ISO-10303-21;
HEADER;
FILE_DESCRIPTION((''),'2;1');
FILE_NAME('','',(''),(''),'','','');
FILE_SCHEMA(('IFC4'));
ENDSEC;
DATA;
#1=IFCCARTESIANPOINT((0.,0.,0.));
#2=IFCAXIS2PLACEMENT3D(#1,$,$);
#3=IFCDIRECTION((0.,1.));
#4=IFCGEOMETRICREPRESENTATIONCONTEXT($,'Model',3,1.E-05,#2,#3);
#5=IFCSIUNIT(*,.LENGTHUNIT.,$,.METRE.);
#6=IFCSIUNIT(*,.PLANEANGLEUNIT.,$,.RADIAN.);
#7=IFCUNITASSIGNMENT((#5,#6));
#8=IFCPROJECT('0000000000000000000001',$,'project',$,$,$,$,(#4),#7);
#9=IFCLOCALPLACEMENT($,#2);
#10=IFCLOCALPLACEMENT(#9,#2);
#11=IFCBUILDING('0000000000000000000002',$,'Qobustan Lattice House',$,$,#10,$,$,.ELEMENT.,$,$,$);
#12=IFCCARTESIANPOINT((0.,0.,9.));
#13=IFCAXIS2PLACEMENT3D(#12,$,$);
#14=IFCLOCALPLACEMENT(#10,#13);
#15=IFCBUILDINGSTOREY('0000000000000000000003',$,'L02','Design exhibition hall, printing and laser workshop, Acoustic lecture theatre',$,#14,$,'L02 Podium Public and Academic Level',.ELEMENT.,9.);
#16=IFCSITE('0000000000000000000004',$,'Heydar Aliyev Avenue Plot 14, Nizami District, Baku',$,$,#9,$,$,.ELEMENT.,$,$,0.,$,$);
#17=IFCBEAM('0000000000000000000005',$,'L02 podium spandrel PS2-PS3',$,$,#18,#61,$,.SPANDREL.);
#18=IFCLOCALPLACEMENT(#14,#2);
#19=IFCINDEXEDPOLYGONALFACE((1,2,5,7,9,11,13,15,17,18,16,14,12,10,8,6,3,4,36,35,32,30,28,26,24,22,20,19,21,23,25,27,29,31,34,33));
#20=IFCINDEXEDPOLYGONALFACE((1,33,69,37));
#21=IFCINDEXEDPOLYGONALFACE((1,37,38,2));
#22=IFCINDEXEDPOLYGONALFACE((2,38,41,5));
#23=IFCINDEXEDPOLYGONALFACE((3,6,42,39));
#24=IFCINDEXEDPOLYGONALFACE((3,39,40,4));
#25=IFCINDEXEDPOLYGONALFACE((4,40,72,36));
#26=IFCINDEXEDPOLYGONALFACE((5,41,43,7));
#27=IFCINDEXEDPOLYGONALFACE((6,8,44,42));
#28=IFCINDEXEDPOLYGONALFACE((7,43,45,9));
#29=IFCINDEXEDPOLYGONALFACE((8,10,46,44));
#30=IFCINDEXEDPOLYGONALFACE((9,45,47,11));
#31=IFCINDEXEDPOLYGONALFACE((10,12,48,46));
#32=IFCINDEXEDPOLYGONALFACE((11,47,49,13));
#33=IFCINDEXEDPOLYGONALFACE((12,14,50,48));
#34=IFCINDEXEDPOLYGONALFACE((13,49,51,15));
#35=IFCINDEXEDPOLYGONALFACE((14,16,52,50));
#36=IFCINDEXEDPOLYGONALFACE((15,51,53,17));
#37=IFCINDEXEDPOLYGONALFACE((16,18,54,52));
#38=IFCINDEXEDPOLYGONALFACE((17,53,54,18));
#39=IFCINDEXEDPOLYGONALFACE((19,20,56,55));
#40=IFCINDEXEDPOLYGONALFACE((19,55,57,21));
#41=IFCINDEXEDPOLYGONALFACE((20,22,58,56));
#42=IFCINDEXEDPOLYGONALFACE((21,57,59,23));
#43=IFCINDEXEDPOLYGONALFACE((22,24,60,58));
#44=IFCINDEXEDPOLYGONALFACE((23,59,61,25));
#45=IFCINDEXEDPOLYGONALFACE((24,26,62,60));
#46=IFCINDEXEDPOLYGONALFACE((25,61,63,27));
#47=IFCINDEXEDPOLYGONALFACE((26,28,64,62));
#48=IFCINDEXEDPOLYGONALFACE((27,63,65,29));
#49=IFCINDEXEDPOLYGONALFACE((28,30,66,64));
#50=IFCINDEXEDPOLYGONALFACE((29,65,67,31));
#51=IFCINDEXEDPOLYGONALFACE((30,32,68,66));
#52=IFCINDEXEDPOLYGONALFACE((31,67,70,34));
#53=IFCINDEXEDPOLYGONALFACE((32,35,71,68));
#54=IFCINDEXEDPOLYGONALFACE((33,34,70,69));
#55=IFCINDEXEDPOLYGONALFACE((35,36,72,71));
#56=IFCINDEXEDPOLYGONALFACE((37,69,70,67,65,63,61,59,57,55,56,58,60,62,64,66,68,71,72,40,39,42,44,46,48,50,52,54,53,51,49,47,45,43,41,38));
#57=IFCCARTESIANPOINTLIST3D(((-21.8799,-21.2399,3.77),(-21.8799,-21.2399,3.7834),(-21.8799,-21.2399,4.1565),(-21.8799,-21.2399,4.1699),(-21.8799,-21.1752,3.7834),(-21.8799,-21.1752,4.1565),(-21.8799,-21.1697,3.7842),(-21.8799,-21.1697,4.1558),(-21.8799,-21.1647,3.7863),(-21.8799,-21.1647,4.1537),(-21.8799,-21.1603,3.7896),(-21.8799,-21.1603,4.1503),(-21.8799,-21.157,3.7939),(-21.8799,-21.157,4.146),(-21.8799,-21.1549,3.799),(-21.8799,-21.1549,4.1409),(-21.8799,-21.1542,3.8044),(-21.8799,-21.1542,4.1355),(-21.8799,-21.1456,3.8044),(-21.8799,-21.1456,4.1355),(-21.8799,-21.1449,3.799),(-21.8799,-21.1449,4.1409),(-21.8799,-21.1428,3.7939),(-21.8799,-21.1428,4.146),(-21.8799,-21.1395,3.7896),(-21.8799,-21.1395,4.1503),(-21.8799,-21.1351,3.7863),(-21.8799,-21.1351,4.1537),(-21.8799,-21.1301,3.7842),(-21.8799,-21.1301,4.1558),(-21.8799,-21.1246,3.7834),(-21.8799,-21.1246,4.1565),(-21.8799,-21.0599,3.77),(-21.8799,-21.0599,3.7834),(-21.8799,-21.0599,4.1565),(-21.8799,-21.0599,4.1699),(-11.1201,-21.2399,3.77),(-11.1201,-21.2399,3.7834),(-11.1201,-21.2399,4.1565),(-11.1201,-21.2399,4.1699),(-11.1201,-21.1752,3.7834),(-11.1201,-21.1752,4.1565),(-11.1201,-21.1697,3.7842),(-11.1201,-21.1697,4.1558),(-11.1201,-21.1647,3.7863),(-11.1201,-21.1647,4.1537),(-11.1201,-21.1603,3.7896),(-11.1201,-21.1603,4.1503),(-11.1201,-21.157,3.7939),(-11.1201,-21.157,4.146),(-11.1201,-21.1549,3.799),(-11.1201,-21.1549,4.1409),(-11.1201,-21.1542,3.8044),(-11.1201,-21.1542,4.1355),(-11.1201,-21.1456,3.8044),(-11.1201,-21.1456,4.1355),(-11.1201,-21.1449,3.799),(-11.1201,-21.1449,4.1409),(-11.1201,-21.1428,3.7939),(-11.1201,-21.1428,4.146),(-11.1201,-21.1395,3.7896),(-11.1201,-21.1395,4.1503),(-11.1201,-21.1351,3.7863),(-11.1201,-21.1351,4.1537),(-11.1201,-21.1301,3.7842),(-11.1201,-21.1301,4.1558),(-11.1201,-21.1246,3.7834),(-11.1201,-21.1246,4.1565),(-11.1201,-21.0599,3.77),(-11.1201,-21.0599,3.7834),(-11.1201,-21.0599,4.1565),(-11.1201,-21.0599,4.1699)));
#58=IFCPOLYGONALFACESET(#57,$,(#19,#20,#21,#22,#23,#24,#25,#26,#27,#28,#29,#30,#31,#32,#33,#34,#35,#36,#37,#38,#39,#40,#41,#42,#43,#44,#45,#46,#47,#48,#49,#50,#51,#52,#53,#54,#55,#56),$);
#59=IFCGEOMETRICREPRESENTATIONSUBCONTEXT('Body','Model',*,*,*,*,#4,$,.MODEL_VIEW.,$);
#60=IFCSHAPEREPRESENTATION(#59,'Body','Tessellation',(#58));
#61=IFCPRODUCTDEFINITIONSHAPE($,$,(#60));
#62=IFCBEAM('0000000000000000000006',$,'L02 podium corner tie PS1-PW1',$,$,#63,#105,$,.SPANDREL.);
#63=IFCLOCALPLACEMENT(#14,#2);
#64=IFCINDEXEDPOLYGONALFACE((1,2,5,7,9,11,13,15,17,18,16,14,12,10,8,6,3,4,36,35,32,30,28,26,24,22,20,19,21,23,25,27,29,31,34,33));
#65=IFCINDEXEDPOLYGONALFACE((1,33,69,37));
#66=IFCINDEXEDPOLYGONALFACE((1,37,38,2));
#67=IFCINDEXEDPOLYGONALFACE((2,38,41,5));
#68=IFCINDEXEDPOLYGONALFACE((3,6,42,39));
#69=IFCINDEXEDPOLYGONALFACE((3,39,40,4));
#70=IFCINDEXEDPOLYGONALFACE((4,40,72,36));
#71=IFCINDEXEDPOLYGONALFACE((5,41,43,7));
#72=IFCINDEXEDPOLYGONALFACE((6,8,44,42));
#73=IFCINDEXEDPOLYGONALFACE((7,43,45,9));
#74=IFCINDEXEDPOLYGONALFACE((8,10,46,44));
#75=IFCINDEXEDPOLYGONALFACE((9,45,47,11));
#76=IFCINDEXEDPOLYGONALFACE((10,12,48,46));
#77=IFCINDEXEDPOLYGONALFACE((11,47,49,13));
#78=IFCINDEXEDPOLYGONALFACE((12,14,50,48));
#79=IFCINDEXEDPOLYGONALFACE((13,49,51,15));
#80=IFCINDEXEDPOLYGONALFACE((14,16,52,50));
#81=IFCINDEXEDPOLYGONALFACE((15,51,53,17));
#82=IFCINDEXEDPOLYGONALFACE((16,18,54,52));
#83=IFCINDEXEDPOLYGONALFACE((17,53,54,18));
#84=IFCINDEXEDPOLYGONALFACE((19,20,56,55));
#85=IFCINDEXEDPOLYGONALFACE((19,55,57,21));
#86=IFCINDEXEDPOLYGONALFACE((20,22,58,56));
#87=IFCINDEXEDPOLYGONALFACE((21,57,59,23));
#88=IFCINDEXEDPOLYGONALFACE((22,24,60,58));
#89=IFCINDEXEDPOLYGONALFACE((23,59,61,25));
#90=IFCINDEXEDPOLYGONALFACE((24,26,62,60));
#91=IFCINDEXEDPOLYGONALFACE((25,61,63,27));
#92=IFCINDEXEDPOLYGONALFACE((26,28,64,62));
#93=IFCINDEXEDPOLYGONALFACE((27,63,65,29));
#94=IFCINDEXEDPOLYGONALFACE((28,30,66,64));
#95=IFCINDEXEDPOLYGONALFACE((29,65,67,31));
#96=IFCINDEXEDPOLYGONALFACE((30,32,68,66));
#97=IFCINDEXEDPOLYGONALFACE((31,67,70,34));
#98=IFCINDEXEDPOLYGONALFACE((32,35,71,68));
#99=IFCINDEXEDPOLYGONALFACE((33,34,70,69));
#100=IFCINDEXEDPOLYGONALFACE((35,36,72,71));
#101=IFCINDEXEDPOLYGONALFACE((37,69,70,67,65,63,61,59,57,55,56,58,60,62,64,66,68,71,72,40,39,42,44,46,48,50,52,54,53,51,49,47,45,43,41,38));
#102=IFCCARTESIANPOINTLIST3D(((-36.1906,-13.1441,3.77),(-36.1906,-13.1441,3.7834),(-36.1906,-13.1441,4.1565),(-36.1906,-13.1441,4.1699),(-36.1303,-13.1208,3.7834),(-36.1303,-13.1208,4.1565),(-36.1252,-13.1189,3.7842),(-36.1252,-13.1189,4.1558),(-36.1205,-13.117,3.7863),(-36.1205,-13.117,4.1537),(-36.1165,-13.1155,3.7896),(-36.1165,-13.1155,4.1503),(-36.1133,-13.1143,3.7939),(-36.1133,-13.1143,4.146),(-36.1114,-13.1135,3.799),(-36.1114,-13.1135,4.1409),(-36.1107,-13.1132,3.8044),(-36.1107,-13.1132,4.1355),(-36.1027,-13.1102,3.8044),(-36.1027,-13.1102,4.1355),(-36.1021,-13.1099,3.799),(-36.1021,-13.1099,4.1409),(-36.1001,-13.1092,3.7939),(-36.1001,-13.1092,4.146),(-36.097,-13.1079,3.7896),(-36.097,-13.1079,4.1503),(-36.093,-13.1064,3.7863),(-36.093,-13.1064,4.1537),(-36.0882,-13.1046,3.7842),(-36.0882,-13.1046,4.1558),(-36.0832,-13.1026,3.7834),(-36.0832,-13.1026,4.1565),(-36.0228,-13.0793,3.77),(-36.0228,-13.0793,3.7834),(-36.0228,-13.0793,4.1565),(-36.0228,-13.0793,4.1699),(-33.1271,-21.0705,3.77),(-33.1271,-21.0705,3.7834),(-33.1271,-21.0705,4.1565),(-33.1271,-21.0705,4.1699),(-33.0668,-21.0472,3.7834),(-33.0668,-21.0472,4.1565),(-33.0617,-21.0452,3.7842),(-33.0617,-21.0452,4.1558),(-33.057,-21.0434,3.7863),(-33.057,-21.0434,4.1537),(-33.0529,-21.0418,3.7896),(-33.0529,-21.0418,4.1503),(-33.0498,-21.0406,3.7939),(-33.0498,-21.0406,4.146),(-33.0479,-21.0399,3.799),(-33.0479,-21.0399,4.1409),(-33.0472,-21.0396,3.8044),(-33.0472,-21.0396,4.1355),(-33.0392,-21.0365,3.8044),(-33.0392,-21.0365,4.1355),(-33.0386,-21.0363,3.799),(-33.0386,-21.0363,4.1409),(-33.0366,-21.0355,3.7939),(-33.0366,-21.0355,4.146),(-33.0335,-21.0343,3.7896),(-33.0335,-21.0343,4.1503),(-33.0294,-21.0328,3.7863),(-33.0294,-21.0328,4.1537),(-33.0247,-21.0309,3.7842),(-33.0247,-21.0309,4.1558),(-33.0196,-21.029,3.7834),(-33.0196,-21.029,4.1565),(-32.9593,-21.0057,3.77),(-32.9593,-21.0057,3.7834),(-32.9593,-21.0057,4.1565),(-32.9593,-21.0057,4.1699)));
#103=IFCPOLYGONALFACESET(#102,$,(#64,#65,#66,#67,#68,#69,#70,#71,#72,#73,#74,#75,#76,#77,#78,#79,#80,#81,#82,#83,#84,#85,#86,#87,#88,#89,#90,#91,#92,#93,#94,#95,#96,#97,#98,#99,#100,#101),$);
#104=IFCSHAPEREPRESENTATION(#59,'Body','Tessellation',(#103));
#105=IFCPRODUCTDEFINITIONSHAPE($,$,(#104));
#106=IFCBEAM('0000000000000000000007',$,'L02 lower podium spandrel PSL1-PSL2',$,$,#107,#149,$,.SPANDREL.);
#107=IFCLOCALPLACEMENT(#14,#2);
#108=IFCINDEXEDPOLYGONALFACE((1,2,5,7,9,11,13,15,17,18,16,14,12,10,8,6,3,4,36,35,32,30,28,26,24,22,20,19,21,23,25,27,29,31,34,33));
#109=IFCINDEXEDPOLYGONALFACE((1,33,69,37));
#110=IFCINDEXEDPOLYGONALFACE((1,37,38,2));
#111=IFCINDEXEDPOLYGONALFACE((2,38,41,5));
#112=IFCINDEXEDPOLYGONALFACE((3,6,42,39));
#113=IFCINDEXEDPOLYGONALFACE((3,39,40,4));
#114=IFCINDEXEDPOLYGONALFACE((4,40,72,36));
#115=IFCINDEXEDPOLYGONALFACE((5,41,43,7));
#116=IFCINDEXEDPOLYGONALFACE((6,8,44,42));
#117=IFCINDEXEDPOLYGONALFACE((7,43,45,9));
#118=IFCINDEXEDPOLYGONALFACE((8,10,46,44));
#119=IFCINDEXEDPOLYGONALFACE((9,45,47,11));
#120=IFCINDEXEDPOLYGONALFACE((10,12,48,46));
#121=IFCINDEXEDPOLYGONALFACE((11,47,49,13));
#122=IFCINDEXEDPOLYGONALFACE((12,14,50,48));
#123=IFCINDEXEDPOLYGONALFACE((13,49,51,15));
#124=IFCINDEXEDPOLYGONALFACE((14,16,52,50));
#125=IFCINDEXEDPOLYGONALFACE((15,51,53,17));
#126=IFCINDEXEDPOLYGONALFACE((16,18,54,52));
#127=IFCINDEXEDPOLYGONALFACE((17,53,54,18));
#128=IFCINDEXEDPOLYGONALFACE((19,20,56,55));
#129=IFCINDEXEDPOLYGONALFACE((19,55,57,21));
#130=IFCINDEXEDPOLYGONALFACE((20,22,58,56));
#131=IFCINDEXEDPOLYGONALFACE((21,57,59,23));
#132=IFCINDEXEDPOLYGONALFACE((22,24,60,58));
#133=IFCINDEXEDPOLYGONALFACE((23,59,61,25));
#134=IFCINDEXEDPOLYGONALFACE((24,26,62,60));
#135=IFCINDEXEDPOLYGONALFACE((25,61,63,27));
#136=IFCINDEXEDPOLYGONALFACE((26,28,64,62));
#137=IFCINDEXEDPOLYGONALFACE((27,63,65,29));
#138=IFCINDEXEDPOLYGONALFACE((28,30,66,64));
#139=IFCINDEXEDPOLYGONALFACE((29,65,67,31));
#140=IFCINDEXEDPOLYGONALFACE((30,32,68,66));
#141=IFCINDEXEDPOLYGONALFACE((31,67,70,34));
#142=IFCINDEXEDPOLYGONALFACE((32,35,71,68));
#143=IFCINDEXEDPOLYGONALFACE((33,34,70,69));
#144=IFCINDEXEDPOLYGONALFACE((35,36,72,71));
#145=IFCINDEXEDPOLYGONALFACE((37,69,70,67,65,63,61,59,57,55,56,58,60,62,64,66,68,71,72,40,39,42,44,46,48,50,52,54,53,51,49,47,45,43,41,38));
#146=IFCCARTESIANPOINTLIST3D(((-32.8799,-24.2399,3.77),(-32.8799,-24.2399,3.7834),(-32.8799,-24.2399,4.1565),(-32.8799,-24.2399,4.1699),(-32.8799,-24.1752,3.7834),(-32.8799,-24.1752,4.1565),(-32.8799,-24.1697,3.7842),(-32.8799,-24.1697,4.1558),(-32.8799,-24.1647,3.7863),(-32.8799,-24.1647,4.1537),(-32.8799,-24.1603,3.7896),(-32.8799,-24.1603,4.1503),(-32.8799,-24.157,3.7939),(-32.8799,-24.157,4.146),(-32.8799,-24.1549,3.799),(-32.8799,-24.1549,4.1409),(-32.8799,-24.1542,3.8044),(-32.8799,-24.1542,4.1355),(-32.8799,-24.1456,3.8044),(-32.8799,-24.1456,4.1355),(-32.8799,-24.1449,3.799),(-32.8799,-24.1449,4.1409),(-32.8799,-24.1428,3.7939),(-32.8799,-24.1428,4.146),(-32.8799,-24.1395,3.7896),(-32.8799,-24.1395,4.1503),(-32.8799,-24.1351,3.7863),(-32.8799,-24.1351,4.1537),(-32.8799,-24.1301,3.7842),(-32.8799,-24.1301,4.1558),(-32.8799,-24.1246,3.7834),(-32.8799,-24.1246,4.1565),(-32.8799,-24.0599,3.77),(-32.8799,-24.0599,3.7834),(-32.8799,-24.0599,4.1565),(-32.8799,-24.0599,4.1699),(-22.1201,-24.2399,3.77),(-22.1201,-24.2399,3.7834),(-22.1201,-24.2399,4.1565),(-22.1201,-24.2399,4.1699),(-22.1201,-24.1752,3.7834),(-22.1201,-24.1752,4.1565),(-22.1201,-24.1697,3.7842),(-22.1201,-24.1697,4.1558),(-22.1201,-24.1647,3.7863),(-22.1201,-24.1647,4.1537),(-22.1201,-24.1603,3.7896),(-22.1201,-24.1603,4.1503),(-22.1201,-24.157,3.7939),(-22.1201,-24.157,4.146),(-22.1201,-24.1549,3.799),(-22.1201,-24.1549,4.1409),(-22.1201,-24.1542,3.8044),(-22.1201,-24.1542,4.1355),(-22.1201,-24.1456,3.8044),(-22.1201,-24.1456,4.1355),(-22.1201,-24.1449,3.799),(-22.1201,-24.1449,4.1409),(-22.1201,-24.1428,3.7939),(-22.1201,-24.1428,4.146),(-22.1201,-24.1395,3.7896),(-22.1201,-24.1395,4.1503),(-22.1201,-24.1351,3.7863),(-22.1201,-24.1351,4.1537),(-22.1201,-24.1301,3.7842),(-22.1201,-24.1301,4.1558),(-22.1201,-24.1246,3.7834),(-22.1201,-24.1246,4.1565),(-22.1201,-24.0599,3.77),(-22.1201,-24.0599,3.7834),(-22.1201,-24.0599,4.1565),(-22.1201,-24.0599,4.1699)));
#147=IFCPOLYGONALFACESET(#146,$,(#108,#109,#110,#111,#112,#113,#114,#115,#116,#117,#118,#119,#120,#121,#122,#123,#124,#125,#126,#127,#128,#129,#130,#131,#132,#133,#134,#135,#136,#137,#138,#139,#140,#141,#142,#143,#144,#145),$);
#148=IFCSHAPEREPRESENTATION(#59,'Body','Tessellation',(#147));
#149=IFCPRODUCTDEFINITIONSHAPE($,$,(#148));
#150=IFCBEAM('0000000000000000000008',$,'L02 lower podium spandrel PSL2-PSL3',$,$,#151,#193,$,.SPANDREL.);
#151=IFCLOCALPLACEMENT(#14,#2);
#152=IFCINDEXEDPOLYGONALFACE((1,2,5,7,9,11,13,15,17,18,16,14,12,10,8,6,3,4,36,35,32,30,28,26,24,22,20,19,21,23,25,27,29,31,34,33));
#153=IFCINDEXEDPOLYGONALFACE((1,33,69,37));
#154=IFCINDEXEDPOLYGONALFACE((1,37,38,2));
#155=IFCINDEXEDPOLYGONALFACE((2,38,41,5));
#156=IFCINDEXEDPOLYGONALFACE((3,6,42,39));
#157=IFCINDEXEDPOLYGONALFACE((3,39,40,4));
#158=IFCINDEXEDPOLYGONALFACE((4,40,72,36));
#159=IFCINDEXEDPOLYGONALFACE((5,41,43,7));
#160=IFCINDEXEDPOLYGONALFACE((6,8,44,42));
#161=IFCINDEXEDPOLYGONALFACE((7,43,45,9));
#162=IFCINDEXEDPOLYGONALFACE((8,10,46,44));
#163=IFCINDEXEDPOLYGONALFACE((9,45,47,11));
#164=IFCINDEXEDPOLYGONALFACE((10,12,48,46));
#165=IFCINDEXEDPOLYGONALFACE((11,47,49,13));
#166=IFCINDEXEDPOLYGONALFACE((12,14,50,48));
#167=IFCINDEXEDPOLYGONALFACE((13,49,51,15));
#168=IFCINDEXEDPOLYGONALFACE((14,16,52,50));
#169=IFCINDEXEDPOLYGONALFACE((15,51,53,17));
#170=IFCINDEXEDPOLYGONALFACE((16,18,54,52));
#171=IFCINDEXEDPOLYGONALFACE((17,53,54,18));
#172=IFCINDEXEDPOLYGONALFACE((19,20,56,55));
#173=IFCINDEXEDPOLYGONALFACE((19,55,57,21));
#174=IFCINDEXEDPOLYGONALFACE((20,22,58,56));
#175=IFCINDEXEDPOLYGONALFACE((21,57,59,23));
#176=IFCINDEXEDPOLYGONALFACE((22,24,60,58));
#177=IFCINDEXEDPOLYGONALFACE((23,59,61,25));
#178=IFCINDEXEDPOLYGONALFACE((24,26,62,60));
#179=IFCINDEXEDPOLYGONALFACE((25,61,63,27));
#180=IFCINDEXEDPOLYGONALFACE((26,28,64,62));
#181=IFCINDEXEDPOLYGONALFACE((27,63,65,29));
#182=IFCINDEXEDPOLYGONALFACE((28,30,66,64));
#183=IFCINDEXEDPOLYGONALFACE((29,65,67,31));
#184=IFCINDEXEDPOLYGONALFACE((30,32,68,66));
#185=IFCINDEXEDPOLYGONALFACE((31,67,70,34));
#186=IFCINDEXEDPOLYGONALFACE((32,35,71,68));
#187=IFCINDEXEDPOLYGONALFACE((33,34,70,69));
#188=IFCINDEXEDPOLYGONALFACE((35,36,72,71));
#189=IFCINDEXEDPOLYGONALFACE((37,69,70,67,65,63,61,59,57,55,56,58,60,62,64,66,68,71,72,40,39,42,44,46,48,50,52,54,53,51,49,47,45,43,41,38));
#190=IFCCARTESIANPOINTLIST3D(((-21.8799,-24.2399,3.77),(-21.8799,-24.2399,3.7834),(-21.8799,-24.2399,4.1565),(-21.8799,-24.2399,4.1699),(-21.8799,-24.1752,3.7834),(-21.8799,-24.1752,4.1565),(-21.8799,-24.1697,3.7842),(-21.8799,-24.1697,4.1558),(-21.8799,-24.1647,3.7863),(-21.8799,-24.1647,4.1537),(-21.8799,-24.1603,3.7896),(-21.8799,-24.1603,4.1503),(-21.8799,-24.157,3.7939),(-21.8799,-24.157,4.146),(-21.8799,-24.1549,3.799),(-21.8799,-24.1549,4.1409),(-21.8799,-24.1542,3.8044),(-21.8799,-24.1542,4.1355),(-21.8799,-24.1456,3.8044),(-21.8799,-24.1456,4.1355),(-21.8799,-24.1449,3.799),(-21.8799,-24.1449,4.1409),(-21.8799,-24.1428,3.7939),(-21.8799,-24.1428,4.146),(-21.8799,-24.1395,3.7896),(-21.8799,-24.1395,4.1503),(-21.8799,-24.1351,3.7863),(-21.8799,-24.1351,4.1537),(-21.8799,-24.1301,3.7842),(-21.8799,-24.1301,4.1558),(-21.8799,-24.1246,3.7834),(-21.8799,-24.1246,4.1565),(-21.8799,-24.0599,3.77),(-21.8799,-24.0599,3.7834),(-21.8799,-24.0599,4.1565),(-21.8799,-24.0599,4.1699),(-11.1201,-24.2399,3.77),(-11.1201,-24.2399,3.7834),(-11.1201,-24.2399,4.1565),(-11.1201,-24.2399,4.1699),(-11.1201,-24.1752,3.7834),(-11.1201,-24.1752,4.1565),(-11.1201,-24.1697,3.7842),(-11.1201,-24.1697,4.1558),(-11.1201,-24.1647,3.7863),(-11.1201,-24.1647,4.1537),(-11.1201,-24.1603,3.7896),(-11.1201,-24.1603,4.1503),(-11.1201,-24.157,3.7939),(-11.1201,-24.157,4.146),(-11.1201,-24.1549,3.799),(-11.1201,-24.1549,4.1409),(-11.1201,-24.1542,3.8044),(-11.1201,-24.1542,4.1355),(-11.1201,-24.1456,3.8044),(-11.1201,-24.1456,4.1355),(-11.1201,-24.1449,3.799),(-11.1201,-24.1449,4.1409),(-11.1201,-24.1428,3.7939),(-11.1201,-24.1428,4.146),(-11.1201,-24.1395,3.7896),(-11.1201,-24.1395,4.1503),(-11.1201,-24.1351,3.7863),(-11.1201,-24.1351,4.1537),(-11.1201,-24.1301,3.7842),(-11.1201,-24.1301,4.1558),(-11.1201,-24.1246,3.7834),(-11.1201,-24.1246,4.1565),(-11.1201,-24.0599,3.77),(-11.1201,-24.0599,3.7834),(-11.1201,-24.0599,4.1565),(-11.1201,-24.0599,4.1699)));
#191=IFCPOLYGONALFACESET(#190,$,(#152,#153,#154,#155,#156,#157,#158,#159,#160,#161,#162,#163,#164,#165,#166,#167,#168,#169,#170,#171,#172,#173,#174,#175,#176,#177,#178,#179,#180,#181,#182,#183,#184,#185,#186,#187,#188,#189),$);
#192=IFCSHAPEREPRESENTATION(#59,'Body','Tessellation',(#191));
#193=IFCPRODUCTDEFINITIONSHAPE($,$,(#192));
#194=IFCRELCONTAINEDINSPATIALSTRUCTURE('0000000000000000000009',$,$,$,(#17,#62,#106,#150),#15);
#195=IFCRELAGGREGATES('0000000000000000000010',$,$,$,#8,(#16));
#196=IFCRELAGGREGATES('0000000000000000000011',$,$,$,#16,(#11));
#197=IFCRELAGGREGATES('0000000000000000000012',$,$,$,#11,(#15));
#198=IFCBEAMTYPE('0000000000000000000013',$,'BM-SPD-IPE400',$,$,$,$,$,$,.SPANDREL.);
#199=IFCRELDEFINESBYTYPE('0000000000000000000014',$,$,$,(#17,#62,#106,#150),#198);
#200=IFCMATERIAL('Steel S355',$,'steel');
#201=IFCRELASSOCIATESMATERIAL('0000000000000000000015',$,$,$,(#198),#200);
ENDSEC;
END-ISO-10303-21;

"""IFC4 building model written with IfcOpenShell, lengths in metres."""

from ifc_helpers import new_model, si_unit, direction, frame, origin, origin_2d, place, context, subcontext, project, spatial, i_section, extrude, material, material_profile, profile_set, type_object, element, save


model = new_model("IFC4")

# Units and contexts
model_context = context("Model", 3, precision=1e-05, world=origin(), true_north=direction((0.0, 1.0)))
body_context = subcontext(model_context, "Body", "Model", "MODEL_VIEW")
ifc_project = project(units=[si_unit("LENGTHUNIT", "METRE"), si_unit("PLANEANGLEUNIT", "RADIAN")], contexts=[model_context])

# Site, building, storey
site_placement = place(None, origin())
site = spatial("IfcSite", under=ifc_project, at=site_placement, Name="Heydar Aliyev Avenue Plot 14, Nizami District, Baku", CompositionType="ELEMENT", RefElevation=0.0)
building_placement = place(site_placement, origin())
building = spatial("IfcBuilding", under=site, at=building_placement, Name="Qobustan Lattice House", CompositionType="ELEMENT")
storey_placement = place(building_placement, frame((0.0, 0.0, 9.0)))
storey = spatial("IfcBuildingStorey", under=building, at=storey_placement, Name="L02", Description="Design exhibition hall, printing and laser workshop, Acoustic lecture theatre", LongName="L02 Podium Public and Academic Level", CompositionType="ELEMENT", Elevation=9.0)

# Beams
ifc_material_1 = material(Name="Steel S355", Category="steel")
ifc_material_profile_1 = material_profile(ifc_material_1, i_section(OverallWidth=0.1799, OverallDepth=0.3999, WebThickness=0.0085, FlangeThickness=0.0134, FilletRadius=0.021, at=origin_2d()), Name="IPE400")
ifc_profile_set_1 = profile_set([ifc_material_profile_1], Name="Steel S355")
beam_type_1 = type_object("IfcBeamType", Name="BM-SPD-IPE400", PredefinedType="SPANDREL", material=ifc_profile_set_1)
for number, where, z_axis, x_axis, name in (
    (1, (-21.8799, -21.1499, 3.97), (1.0, 0.0, 0.0), (0.0, 1.0, 0.0), "L02 podium spandrel PS2-PS3"),
):
    element("IfcBeam", number, at=place(storey_placement, frame(where, z_axis=z_axis, x_axis=x_axis)), inside=storey, type_object=beam_type_1, Name=name, PredefinedType="SPANDREL", context=body_context, shape_type="SweptSolid", body=[
        extrude(i_section(OverallWidth=0.1799, OverallDepth=0.3999, WebThickness=0.0085, FlangeThickness=0.0134, FilletRadius=0.021, at=origin_2d()), origin(), (0.0, 0.0, 1.0), 10.7598),
    ])
beam_1_placement = place(storey_placement, frame((-33.0432, -21.0381, 3.97), z_axis=(-0.360507, 0.932756, 0.0), x_axis=(-0.932756, -0.360507, 0.0)))
element("IfcBeam", 2, at=beam_1_placement, inside=storey, type_object=beam_type_1, Name="L02 podium corner tie PS1-PW1", PredefinedType="SPANDREL", context=body_context, shape_type="SweptSolid", body=[
    extrude(i_section(OverallWidth=0.1799, OverallDepth=0.3999, WebThickness=0.0085, FlangeThickness=0.0134, FilletRadius=0.021, at=origin_2d()), origin(), (0.0, 0.0, 1.0), 8.4978),
])
for number, where, z_axis, x_axis, name in (
    (3, (-32.8799, -24.1499, 3.97), (1.0, 0.0, 0.0), (0.0, 1.0, 0.0), "L02 lower podium spandrel PSL1-PSL2"),
    (4, (-21.8799, -24.1499, 3.97), (1.0, 0.0, 0.0), (0.0, 1.0, 0.0), "L02 lower podium spandrel PSL2-PSL3"),
):
    element("IfcBeam", number, at=place(storey_placement, frame(where, z_axis=z_axis, x_axis=x_axis)), inside=storey, type_object=beam_type_1, Name=name, PredefinedType="SPANDREL", context=body_context, shape_type="SweptSolid", body=[
        extrude(i_section(OverallWidth=0.1799, OverallDepth=0.3999, WebThickness=0.0085, FlangeThickness=0.0134, FilletRadius=0.021, at=origin_2d()), origin(), (0.0, 0.0, 1.0), 10.7598),
    ])

save(model, "model.ifc")
